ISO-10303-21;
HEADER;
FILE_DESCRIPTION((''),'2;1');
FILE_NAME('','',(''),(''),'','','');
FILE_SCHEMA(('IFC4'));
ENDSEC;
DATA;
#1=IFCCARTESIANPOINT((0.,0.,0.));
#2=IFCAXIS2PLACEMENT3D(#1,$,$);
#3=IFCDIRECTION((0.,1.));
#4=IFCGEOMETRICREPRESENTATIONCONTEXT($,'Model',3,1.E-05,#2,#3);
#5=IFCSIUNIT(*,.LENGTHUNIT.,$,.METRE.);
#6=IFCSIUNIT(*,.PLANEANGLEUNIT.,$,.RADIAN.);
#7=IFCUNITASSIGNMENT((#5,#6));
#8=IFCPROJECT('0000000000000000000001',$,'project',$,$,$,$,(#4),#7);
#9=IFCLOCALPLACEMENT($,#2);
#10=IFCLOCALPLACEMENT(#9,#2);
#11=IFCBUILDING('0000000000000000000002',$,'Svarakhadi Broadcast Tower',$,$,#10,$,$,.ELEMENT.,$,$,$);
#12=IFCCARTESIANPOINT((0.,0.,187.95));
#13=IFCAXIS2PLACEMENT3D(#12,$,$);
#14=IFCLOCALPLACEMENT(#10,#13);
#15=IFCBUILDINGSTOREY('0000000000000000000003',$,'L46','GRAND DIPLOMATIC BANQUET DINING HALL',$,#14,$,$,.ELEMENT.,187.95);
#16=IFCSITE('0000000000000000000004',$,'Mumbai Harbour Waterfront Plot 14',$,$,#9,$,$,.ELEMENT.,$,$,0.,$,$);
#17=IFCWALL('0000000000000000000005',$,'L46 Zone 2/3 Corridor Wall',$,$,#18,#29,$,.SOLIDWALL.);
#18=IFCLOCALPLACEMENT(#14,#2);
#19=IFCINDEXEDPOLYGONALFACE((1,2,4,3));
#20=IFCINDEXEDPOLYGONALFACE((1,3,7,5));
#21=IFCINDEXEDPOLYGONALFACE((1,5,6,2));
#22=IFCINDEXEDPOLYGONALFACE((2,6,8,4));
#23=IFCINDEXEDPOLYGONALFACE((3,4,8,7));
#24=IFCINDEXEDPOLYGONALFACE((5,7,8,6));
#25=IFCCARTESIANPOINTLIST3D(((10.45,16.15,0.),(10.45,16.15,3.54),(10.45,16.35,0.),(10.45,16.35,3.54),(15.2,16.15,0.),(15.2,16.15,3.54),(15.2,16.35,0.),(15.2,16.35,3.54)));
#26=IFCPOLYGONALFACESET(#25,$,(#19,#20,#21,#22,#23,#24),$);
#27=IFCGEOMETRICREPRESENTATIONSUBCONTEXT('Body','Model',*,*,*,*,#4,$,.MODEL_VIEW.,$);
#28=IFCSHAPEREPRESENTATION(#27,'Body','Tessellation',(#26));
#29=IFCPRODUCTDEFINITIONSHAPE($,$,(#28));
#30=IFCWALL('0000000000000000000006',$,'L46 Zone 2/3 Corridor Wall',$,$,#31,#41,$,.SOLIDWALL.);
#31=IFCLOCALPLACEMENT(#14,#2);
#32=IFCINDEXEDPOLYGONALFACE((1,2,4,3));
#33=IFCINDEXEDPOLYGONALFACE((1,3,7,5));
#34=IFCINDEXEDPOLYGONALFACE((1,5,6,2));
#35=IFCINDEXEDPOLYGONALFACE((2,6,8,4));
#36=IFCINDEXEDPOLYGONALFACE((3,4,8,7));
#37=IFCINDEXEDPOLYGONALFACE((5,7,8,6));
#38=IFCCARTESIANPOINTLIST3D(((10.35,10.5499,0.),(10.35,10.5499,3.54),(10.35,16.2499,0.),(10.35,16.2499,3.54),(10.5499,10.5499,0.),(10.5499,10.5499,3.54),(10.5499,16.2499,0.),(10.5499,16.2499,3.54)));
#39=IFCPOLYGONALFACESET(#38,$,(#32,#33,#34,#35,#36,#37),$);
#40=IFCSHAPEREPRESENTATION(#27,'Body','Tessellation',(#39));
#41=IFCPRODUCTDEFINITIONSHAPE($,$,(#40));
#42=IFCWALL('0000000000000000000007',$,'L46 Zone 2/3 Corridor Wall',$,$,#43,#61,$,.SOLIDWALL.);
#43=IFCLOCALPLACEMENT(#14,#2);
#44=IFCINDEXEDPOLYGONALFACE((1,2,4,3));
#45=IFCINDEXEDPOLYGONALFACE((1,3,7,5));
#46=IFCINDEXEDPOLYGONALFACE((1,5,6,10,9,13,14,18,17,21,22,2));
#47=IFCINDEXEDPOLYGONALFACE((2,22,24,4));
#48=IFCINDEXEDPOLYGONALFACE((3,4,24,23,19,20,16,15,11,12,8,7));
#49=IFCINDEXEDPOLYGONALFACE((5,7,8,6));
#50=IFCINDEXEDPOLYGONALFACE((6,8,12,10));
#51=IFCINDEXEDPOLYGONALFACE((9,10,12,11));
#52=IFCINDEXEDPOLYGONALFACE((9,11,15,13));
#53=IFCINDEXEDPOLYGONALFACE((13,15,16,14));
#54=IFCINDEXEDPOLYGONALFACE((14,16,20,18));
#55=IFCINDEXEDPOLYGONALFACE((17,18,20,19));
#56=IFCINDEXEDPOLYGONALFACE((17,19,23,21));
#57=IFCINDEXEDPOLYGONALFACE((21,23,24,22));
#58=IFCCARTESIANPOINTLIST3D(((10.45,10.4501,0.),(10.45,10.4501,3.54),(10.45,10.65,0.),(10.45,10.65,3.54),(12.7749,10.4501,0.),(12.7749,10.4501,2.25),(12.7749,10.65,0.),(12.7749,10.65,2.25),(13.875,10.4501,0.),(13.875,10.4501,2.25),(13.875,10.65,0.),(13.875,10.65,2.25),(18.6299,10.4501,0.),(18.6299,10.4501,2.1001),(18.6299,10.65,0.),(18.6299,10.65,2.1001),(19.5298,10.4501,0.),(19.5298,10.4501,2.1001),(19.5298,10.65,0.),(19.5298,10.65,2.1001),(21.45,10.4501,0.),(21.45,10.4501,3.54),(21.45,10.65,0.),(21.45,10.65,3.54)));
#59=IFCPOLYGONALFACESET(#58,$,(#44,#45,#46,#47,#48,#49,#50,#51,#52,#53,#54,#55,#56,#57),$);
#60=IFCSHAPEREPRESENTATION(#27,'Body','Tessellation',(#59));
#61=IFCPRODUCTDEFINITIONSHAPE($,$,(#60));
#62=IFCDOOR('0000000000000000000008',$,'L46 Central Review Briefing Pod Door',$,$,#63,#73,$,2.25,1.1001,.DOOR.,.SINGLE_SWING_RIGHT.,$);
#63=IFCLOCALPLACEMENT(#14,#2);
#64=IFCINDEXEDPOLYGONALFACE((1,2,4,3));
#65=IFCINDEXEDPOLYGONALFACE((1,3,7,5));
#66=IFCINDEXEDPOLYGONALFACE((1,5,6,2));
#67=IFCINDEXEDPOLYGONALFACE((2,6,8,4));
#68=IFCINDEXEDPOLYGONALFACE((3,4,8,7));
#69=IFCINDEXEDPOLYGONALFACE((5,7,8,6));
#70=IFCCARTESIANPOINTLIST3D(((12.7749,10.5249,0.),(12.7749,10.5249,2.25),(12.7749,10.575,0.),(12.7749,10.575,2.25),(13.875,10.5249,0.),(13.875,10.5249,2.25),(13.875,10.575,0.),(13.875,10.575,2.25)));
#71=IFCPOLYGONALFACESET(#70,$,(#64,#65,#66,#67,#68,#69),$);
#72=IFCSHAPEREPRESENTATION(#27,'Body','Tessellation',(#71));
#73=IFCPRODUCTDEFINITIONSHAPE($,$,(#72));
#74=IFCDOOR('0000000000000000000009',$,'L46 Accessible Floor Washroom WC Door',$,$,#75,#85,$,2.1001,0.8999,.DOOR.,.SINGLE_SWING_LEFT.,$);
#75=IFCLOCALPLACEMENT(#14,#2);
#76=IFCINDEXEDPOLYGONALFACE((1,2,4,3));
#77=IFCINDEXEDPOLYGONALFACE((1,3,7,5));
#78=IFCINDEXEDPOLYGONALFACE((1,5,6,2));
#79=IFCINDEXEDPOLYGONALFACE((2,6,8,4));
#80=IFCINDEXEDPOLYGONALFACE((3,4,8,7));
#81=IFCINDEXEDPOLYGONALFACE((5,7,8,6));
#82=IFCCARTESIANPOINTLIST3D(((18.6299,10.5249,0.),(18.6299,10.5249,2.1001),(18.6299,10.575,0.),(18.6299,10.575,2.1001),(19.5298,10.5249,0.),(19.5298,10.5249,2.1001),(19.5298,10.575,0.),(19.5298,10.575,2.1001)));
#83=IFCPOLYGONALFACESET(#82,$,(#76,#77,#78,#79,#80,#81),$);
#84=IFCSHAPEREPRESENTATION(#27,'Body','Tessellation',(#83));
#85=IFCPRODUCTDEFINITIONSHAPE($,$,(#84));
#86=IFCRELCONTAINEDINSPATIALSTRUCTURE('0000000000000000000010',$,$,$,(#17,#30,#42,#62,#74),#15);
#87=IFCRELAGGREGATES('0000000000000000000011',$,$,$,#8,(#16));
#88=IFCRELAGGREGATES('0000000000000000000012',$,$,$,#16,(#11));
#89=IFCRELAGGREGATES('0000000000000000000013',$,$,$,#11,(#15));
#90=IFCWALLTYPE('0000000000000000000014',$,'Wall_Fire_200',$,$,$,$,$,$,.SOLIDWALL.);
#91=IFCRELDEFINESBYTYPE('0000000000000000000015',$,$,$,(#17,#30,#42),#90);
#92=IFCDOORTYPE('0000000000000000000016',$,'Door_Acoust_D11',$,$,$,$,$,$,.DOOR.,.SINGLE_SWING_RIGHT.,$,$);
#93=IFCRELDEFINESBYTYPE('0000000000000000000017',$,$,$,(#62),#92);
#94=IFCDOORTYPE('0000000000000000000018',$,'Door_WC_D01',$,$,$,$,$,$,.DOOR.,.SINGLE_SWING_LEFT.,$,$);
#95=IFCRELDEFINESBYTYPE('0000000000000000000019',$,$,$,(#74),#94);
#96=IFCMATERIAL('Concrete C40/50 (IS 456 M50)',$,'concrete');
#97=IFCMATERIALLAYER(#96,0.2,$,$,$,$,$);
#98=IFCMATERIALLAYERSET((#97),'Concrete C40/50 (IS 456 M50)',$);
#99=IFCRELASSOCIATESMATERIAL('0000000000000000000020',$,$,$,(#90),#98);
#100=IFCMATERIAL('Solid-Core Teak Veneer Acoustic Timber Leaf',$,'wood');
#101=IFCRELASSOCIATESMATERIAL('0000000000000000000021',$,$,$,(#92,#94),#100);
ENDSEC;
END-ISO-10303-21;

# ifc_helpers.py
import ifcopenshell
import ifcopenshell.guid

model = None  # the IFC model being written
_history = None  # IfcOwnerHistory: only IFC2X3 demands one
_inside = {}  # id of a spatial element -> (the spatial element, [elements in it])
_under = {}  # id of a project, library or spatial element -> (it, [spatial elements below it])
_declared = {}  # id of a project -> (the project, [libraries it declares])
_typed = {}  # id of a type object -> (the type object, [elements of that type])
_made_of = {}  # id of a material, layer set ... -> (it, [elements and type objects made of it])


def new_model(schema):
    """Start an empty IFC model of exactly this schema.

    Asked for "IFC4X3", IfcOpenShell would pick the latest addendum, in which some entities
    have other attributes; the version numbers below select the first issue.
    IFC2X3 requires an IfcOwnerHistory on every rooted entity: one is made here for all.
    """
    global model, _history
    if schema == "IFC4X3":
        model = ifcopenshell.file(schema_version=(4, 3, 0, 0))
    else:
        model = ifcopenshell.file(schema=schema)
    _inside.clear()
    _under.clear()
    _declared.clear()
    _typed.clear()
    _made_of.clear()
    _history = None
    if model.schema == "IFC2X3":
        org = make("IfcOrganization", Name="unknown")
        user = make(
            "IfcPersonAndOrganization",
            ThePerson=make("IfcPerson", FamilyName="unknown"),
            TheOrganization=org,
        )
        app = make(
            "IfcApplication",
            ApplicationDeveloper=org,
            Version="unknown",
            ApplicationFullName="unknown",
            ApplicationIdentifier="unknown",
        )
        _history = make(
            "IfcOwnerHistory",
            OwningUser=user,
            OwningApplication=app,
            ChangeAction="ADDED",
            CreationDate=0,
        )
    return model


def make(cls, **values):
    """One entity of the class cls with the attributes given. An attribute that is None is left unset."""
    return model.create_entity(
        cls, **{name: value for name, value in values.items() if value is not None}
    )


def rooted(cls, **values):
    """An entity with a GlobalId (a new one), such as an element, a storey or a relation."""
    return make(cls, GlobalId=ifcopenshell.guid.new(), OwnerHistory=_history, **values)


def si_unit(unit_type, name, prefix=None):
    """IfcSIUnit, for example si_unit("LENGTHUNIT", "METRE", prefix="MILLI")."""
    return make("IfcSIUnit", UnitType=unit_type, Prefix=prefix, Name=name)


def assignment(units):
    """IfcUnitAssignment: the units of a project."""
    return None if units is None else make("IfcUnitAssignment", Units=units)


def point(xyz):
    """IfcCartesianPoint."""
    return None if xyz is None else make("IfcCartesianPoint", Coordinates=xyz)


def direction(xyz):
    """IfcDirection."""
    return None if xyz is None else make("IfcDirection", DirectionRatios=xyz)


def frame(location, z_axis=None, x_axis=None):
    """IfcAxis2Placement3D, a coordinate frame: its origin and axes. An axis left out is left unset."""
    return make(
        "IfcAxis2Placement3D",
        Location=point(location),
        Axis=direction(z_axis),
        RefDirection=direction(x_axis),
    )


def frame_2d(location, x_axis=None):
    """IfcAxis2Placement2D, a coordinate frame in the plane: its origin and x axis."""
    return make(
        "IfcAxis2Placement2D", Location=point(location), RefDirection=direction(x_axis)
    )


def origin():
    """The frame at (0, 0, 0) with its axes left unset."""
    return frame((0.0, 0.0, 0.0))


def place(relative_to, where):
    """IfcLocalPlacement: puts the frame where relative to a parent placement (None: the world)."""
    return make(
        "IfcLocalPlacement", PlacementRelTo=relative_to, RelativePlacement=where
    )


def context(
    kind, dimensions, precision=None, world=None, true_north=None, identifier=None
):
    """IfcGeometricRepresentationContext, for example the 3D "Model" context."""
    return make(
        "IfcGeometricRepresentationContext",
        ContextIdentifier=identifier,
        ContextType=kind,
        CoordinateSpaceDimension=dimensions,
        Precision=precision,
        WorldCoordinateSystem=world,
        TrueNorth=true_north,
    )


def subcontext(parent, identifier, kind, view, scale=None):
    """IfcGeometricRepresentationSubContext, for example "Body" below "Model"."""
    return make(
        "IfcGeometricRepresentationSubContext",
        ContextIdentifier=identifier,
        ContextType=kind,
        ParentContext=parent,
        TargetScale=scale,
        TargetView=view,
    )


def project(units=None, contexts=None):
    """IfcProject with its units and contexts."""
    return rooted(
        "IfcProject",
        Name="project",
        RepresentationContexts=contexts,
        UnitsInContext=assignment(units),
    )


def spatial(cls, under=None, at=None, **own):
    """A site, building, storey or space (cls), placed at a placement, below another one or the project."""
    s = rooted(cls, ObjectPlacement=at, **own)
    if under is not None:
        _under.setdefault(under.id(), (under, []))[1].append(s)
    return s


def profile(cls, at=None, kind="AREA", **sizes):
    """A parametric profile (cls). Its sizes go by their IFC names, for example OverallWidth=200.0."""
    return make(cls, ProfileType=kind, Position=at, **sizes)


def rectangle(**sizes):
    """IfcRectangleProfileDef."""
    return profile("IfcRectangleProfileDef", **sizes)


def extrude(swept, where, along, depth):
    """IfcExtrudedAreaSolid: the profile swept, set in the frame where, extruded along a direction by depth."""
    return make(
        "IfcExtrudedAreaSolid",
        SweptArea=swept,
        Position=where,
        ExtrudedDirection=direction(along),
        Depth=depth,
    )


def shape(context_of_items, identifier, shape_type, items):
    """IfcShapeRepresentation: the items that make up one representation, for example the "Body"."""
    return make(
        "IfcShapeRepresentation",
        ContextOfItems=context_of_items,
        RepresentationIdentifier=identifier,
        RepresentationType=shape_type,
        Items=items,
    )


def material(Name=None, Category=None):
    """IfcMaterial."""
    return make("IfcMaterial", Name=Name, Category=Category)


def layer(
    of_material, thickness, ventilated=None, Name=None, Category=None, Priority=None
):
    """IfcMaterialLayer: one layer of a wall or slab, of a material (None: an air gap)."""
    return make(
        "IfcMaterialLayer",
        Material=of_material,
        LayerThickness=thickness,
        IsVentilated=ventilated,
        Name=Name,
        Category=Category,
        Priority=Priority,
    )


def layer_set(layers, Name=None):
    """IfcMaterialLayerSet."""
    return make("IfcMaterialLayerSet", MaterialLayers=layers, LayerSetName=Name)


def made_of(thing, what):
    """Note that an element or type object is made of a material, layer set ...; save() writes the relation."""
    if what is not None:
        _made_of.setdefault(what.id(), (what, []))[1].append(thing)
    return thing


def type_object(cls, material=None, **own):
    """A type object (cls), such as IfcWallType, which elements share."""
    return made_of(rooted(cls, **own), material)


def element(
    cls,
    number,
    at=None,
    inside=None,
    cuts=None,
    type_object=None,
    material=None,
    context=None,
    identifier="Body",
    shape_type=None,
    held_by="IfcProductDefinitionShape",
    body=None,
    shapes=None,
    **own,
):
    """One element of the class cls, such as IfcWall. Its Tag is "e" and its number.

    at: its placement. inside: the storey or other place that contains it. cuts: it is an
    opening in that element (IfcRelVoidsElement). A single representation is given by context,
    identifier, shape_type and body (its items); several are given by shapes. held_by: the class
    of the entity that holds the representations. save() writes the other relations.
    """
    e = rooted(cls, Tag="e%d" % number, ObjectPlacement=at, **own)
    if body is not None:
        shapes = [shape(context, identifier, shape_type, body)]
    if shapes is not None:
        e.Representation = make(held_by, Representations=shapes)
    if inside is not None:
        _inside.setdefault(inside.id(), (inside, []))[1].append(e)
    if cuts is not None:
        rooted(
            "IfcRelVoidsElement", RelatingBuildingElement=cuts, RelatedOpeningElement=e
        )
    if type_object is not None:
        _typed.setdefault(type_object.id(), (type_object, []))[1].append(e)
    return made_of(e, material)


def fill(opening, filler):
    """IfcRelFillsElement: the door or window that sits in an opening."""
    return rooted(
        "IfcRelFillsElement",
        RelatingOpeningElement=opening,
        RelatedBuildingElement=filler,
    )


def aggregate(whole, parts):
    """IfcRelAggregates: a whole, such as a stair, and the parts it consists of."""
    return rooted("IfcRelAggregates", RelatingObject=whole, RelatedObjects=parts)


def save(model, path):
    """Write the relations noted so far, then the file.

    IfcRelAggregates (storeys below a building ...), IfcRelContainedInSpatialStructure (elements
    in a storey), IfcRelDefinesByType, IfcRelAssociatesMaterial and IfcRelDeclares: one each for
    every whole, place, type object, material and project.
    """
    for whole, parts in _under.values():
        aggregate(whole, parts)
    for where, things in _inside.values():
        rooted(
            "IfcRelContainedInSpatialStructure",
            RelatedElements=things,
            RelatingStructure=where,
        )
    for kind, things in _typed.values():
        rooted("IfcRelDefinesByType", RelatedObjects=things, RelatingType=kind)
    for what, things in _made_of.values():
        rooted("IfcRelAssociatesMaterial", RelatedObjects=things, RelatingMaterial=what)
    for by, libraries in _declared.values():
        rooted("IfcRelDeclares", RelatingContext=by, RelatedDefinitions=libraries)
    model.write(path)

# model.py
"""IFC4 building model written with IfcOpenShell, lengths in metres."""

from ifc_helpers import new_model, si_unit, direction, frame, frame_2d, origin, place, context, subcontext, project, spatial, rectangle, extrude, material, layer, layer_set, type_object, element, fill, save


model = new_model("IFC4")

# Units and contexts
model_context = context("Model", 3, precision=1e-05, world=origin(), true_north=direction((0.0, 1.0)))
body_context = subcontext(model_context, "Body", "Model", "MODEL_VIEW")
ifc_project = project(units=[si_unit("LENGTHUNIT", "METRE"), si_unit("PLANEANGLEUNIT", "RADIAN")], contexts=[model_context])

# Site, building, storey
site_placement = place(None, origin())
site = spatial("IfcSite", under=ifc_project, at=site_placement, Name="Mumbai Harbour Waterfront Plot 14", CompositionType="ELEMENT", RefElevation=0.0)
building_placement = place(site_placement, origin())
building = spatial("IfcBuilding", under=site, at=building_placement, Name="Svarakhadi Broadcast Tower", CompositionType="ELEMENT")
storey_placement = place(building_placement, frame((0.0, 0.0, 187.95)))
storey = spatial("IfcBuildingStorey", under=building, at=storey_placement, Name="L46", Description="GRAND DIPLOMATIC BANQUET DINING HALL", CompositionType="ELEMENT", Elevation=187.95)

# Shared definitions
ifc_material_1 = material(Name="Concrete C40/50 (IS 456 M50)", Category="concrete")
ifc_layer_1 = layer(ifc_material_1, 0.2)
ifc_layer_set_1 = layer_set([ifc_layer_1], Name="Concrete C40/50 (IS 456 M50)")
wall_type_1 = type_object("IfcWallType", Name="Wall_Fire_200", PredefinedType="SOLIDWALL", material=ifc_layer_set_1)

# Shared definitions
ifc_material_2 = material(Name="Solid-Core Teak Veneer Acoustic Timber Leaf", Category="wood")
door_type_1 = type_object("IfcDoorType", Name="Door_Acoust_D11", OperationType="SINGLE_SWING_RIGHT", PredefinedType="DOOR", material=ifc_material_2)

# Walls
wall_1_placement = place(storey_placement, frame((15.2, 16.25, 0.0), z_axis=(0.0, 0.0, 1.0), x_axis=(-1.0, 0.0, 0.0)))
element("IfcWall", 1, at=wall_1_placement, inside=storey, type_object=wall_type_1, Name="L46 Zone 2/3 Corridor Wall", PredefinedType="SOLIDWALL", context=body_context, shape_type="SweptSolid", body=[
    extrude(rectangle(XDim=4.75, YDim=0.2, at=frame_2d((2.375, 0.0))), origin(), (0.0, 0.0, 1.0), 3.54),
])
wall_2_placement = place(storey_placement, frame((10.45, 16.25, 0.0), z_axis=(0.0, 0.0, 1.0), x_axis=(0.0, -1.0, 0.0)))
element("IfcWall", 2, at=wall_2_placement, inside=storey, type_object=wall_type_1, Name="L46 Zone 2/3 Corridor Wall", PredefinedType="SOLIDWALL", context=body_context, shape_type="SweptSolid", body=[
    extrude(rectangle(XDim=5.7, YDim=0.2, at=frame_2d((2.8501, 0.0))), origin(), (0.0, 0.0, 1.0), 3.54),
])

# Wall, openings, doors
wall_3_placement = place(storey_placement, frame((10.45, 10.55, 0.0), z_axis=(0.0, 0.0, 1.0), x_axis=(1.0, 0.0, 0.0)))
wall_3 = element("IfcWall", 3, at=wall_3_placement, inside=storey, type_object=wall_type_1, Name="L46 Zone 2/3 Corridor Wall", PredefinedType="SOLIDWALL", context=body_context, shape_type="SweptSolid", body=[
    extrude(rectangle(XDim=11.0, YDim=0.2, at=frame_2d((5.5, 0.0))), origin(), (0.0, 0.0, 1.0), 3.54),
])
opening_1_placement = place(wall_3_placement, frame((2.325, 0.0, 0.0)))
opening_1 = element("IfcOpeningElement", 4, at=opening_1_placement, cuts=wall_3, PredefinedType="OPENING", context=body_context, shape_type="SweptSolid", body=[
    extrude(rectangle(XDim=1.1001, YDim=2.25, at=frame_2d((0.55, 1.125))), frame((0.0, 0.1099, 0.0), z_axis=(0.0, -1.0, 0.0), x_axis=(1.0, 0.0, 0.0)), (0.0, 0.0, 1.0), 0.22),
])
opening_2_placement = place(wall_3_placement, frame((8.1799, 0.0, 0.0)))
opening_2 = element("IfcOpeningElement", 5, at=opening_2_placement, cuts=wall_3, PredefinedType="OPENING", context=body_context, shape_type="SweptSolid", body=[
    extrude(rectangle(XDim=0.8999, YDim=2.1001, at=frame_2d((0.45, 1.05))), frame((0.0, 0.1099, 0.0), z_axis=(0.0, -1.0, 0.0), x_axis=(1.0, 0.0, 0.0)), (0.0, 0.0, 1.0), 0.22),
])
door_1_placement = place(opening_1_placement, origin())
door_1 = element("IfcDoor", 6, at=door_1_placement, inside=storey, type_object=door_type_1, Name="L46 Central Review Briefing Pod Door", OperationType="SINGLE_SWING_RIGHT", OverallHeight=2.25, OverallWidth=1.1001, PredefinedType="DOOR", context=body_context, shape_type="SweptSolid", body=[
    extrude(rectangle(XDim=1.1001, YDim=2.25, at=frame_2d((0.55, 1.125))), frame((0.0, 0.0249, 0.0), z_axis=(0.0, -1.0, 0.0), x_axis=(1.0, 0.0, 0.0)), (0.0, 0.0, 1.0), 0.05),
])
fill(opening_1, door_1)
door_type_2 = type_object("IfcDoorType", Name="Door_WC_D01", OperationType="SINGLE_SWING_LEFT", PredefinedType="DOOR", material=ifc_material_2)
door_2_placement = place(opening_2_placement, origin())
door_2 = element("IfcDoor", 7, at=door_2_placement, inside=storey, type_object=door_type_2, Name="L46 Accessible Floor Washroom WC Door", OperationType="SINGLE_SWING_LEFT", OverallHeight=2.1001, OverallWidth=0.8999, PredefinedType="DOOR", context=body_context, shape_type="SweptSolid", body=[
    extrude(rectangle(XDim=0.8999, YDim=2.1001, at=frame_2d((0.45, 1.05))), frame((0.0, 0.0249, 0.0), z_axis=(0.0, -1.0, 0.0), x_axis=(1.0, 0.0, 0.0)), (0.0, 0.0, 1.0), 0.05),
])
fill(opening_2, door_2)

save(model, "model.ifc")
